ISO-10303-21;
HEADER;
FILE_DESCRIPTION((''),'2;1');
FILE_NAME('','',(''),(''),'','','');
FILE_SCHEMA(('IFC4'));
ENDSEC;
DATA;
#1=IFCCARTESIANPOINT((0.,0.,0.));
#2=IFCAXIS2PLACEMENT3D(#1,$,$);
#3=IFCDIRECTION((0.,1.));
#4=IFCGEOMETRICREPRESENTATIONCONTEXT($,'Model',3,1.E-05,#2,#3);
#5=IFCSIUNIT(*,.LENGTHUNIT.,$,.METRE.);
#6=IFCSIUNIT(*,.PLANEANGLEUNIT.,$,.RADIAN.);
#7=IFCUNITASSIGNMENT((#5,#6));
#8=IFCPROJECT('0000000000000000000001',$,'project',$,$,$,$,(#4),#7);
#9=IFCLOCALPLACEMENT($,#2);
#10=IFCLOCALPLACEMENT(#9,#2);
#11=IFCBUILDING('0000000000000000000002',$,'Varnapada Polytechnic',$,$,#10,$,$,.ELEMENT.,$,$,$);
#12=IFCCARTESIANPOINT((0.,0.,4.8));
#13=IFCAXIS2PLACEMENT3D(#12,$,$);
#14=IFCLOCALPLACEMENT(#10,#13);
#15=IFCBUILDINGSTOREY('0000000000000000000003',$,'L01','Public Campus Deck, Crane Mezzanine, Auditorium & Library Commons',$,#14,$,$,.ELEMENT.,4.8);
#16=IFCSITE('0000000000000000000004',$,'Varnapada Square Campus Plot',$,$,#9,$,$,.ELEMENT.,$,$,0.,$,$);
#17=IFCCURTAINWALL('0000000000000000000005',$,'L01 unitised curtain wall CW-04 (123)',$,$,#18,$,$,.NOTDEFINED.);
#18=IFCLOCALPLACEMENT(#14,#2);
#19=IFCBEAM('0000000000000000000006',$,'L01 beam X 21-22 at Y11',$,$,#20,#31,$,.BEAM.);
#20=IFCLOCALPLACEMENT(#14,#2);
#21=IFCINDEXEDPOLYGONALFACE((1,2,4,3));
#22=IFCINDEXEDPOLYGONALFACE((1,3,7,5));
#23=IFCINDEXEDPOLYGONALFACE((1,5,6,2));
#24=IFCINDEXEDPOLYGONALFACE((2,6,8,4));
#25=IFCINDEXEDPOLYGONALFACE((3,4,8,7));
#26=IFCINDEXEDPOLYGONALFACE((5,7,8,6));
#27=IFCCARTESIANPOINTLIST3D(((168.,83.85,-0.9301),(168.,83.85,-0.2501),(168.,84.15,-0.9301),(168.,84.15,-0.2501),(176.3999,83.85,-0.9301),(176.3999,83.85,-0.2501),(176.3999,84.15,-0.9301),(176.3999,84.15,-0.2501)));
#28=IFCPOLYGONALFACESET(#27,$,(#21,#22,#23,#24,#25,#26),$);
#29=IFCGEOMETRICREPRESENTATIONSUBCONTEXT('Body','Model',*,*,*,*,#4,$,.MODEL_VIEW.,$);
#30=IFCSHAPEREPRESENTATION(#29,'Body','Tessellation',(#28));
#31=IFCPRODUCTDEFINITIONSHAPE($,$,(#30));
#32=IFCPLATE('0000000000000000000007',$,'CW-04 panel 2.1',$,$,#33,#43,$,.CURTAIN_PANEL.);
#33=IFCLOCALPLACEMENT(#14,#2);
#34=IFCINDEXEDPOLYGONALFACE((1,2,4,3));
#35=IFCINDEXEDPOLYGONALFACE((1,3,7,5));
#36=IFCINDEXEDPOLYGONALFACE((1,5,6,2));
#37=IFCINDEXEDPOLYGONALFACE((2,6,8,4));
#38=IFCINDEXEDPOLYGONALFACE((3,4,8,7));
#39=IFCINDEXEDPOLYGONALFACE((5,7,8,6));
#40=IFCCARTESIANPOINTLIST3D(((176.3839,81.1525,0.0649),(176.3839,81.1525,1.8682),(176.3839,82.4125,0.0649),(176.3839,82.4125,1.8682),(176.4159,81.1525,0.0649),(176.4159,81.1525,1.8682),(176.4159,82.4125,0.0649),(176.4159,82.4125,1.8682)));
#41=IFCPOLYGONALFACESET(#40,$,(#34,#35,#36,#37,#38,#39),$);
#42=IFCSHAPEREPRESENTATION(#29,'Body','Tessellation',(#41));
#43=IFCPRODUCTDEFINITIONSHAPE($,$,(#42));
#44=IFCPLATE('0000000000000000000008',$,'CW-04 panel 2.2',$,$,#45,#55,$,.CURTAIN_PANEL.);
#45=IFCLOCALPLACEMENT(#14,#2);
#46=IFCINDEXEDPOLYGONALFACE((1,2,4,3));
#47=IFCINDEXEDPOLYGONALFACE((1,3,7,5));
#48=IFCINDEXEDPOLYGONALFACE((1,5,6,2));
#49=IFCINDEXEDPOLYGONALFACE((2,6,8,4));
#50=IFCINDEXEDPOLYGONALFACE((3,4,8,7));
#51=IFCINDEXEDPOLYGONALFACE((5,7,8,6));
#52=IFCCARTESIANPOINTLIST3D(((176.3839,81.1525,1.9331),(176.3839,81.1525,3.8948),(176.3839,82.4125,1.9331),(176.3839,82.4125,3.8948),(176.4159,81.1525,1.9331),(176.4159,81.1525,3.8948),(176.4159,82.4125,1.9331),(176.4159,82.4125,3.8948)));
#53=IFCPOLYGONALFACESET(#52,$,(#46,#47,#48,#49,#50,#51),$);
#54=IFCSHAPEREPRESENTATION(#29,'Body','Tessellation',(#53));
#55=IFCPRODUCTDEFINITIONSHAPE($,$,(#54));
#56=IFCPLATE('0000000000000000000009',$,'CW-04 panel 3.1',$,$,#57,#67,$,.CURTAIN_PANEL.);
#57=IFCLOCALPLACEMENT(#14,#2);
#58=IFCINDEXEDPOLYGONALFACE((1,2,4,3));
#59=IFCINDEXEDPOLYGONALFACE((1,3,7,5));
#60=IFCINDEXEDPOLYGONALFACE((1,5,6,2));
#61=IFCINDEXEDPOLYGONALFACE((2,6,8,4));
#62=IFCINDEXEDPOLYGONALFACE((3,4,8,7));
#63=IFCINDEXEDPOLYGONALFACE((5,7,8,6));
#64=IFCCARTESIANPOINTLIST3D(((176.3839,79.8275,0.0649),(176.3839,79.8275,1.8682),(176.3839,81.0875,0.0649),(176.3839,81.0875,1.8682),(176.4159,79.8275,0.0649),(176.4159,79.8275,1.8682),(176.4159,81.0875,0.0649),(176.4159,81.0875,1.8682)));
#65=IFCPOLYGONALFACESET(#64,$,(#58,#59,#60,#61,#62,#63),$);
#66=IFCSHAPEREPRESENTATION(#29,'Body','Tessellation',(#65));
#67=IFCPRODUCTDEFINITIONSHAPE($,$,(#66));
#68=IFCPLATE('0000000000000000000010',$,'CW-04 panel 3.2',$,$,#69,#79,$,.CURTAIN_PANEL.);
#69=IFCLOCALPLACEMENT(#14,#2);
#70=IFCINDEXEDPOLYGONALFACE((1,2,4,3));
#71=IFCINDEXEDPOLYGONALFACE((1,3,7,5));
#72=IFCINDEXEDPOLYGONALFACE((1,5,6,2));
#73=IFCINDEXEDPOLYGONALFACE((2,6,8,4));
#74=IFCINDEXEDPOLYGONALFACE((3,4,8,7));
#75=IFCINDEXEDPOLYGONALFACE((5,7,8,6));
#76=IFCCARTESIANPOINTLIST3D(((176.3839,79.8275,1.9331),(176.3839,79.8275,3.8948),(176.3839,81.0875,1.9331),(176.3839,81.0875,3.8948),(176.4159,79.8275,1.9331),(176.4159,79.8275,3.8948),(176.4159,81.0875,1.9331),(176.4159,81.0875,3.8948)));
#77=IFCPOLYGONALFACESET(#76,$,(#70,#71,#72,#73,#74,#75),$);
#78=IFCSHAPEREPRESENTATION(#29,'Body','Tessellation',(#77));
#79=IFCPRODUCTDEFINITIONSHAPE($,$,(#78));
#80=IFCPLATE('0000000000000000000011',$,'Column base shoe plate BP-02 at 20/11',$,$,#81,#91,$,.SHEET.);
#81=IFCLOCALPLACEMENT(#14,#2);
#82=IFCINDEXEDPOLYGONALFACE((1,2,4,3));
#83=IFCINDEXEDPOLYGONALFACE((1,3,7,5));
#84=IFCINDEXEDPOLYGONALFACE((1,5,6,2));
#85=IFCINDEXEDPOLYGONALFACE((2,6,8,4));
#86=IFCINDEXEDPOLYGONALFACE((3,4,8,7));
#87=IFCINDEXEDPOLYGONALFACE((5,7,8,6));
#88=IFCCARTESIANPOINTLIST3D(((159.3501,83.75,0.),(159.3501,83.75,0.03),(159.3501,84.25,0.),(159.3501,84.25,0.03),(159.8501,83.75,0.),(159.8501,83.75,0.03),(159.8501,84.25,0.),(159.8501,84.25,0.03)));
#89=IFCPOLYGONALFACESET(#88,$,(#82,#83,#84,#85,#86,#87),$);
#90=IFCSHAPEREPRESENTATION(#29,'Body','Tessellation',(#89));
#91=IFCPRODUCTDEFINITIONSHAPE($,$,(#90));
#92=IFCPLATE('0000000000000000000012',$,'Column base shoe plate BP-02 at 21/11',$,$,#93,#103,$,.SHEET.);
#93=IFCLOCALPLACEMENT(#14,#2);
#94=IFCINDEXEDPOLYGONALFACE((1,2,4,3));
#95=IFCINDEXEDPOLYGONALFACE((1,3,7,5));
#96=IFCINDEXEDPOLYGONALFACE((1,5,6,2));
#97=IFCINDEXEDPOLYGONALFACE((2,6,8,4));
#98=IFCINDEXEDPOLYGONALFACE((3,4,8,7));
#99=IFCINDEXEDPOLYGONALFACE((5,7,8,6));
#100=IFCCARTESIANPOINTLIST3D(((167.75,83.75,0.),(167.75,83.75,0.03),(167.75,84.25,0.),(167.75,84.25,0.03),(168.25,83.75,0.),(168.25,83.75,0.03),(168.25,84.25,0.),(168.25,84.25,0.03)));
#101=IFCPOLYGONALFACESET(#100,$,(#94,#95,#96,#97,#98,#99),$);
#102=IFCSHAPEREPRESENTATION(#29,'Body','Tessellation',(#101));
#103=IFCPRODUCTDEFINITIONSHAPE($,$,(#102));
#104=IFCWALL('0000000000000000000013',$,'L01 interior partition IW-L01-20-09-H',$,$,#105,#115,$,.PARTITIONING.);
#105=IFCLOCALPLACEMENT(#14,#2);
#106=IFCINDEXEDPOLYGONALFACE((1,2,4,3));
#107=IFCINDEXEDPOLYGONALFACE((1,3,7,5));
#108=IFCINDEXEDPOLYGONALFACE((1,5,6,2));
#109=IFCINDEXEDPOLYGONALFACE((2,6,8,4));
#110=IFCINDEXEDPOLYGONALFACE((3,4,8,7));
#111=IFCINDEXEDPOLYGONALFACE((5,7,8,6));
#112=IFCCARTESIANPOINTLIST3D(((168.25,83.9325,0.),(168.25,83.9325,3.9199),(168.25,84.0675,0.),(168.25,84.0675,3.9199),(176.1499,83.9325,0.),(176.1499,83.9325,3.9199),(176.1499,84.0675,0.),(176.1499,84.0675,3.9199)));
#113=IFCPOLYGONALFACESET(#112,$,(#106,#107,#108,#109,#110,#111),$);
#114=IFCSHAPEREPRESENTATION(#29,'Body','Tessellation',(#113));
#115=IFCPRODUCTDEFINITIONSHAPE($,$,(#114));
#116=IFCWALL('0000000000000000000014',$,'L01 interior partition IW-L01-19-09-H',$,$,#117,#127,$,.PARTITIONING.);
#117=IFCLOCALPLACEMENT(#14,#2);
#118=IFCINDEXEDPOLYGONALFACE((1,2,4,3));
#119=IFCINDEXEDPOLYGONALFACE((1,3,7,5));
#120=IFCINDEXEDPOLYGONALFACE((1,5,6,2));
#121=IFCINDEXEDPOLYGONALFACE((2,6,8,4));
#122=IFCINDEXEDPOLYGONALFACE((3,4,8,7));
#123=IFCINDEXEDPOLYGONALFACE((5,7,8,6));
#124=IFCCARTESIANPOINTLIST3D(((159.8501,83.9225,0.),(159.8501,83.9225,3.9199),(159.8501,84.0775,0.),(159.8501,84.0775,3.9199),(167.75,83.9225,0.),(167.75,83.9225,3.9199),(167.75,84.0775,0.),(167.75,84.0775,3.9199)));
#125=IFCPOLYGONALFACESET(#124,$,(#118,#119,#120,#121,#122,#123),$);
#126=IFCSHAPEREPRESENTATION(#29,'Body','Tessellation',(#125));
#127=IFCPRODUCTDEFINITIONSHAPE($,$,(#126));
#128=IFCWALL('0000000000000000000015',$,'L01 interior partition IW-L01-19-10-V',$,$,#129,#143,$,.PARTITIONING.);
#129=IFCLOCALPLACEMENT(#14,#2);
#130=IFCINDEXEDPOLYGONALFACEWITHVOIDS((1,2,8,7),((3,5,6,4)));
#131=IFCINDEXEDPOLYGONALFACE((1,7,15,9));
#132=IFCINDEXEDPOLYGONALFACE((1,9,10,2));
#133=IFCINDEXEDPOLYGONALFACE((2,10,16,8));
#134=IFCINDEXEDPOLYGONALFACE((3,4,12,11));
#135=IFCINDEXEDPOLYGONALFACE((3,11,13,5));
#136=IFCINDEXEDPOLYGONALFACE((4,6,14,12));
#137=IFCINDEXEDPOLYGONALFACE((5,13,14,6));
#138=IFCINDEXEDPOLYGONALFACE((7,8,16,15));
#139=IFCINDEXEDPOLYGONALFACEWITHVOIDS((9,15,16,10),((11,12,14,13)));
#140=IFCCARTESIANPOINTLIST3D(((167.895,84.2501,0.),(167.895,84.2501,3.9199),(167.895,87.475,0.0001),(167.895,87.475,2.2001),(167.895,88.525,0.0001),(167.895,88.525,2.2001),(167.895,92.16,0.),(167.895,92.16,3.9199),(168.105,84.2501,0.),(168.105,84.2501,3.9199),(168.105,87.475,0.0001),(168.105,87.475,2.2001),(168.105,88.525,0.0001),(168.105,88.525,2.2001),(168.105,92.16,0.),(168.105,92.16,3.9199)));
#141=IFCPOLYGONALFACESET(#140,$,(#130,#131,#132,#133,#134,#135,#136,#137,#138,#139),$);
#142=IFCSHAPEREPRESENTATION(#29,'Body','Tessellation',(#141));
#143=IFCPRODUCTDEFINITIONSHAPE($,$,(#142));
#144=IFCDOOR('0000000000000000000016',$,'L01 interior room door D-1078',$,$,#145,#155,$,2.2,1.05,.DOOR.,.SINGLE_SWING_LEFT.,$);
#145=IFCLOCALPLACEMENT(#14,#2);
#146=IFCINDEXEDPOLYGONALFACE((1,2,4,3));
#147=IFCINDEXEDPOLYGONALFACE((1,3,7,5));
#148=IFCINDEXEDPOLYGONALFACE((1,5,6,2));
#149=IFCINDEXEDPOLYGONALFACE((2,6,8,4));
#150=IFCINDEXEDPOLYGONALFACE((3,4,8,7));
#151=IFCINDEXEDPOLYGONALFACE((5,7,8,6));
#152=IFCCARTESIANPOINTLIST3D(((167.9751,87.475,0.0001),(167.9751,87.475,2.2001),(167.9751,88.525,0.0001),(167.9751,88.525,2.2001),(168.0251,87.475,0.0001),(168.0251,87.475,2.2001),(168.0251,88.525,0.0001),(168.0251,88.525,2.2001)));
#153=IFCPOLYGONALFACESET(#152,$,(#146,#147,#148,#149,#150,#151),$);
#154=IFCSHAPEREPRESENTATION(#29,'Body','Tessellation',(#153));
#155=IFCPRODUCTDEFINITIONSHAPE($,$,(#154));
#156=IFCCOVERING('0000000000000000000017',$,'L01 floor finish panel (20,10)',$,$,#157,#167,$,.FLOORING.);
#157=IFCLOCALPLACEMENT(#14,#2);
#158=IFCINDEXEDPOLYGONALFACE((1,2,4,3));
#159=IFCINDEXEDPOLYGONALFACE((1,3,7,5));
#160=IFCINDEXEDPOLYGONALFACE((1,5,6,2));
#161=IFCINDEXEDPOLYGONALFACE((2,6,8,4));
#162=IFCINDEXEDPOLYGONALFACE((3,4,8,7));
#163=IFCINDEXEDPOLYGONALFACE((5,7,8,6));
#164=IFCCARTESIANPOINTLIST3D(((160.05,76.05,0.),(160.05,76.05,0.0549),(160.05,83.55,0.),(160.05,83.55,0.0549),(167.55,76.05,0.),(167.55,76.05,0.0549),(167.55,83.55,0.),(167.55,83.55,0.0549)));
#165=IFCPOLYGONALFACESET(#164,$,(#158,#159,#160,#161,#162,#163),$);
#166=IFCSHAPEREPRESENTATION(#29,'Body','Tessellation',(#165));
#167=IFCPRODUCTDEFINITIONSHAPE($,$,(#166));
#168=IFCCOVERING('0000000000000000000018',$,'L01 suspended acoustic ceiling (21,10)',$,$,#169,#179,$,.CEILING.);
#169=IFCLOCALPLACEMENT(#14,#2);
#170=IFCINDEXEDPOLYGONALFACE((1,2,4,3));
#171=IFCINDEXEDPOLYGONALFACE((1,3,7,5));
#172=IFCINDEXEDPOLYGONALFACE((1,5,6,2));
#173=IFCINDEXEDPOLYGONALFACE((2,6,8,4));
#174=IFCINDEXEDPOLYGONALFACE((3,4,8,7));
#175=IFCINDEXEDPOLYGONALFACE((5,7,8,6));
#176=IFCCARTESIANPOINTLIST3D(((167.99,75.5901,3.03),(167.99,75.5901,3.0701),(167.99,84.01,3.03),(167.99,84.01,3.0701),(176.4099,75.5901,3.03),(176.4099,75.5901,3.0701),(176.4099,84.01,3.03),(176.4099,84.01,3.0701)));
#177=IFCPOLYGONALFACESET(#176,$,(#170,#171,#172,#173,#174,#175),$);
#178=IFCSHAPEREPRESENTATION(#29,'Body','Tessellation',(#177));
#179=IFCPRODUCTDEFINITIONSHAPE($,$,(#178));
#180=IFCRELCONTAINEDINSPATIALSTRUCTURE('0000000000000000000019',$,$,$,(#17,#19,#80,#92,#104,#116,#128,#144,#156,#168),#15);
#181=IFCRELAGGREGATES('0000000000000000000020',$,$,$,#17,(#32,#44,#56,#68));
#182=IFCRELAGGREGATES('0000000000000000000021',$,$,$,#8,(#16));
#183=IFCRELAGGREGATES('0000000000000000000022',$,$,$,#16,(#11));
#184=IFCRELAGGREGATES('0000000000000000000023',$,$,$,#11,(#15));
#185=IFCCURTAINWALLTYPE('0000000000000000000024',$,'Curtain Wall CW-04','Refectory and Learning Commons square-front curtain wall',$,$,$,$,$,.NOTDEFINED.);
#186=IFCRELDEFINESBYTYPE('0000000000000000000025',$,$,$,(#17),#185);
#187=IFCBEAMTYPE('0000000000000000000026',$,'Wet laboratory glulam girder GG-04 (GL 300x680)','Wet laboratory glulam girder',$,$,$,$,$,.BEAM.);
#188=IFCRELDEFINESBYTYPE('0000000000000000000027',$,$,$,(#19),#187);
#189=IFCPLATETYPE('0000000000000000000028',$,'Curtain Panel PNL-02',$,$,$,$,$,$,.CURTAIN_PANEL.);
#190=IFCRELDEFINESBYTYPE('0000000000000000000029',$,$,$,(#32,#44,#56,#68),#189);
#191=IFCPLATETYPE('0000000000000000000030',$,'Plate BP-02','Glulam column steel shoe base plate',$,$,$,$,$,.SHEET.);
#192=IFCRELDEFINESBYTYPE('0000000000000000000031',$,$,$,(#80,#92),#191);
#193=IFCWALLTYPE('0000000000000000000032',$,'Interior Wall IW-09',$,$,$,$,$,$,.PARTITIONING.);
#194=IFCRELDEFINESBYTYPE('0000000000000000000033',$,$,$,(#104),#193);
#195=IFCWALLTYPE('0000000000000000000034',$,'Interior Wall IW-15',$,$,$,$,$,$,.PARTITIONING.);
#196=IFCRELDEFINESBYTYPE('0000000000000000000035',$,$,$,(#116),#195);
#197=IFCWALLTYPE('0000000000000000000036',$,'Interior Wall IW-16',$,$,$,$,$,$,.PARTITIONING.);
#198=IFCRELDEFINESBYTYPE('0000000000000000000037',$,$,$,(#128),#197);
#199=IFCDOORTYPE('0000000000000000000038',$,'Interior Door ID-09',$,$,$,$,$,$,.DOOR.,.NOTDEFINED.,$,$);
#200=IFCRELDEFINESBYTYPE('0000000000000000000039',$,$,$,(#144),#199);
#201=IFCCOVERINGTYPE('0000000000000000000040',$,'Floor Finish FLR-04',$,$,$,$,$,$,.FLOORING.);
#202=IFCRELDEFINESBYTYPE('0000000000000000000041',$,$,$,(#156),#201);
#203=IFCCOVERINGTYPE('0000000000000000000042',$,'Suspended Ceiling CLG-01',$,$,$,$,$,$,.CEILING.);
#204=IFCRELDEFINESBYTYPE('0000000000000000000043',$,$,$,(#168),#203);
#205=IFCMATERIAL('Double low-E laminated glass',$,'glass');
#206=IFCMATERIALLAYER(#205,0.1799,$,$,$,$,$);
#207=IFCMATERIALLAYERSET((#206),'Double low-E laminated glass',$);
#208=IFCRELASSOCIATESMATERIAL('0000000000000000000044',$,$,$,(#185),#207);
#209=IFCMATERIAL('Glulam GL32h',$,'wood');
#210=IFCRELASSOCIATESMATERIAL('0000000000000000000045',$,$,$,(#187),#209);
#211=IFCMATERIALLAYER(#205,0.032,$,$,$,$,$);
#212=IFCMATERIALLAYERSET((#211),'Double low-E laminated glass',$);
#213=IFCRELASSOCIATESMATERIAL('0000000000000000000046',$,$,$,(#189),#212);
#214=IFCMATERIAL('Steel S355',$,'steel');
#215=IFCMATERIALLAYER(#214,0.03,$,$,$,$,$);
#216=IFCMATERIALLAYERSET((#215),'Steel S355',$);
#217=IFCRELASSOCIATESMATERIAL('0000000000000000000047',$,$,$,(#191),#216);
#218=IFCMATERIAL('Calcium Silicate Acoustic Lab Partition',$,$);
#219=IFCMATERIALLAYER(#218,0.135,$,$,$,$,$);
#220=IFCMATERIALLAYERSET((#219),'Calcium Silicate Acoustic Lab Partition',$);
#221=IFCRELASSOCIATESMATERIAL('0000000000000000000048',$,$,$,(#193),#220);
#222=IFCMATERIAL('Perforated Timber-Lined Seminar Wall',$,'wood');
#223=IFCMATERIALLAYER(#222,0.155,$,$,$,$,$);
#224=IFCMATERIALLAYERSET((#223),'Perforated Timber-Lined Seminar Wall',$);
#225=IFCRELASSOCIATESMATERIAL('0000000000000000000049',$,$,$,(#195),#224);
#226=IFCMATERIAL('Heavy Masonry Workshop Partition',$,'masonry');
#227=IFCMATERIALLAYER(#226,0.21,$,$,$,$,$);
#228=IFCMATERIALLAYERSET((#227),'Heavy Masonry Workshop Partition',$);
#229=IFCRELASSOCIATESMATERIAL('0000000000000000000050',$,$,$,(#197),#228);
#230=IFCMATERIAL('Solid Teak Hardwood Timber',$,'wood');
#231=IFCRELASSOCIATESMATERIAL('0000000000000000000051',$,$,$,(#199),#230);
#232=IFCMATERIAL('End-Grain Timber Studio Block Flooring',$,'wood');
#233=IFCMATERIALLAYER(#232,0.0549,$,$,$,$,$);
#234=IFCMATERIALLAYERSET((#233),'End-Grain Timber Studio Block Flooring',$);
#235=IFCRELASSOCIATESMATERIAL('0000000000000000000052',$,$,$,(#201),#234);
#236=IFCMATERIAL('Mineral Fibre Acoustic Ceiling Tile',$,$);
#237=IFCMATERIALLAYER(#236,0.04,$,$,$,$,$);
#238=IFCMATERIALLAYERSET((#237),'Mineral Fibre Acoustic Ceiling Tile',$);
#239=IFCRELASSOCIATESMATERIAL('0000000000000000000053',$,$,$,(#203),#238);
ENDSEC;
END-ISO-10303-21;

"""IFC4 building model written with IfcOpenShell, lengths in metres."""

from ifc_helpers import new_model, si_unit, direction, frame, frame_2d, origin, origin_2d, place, context, subcontext, project, spatial, rectangle, extrude, material, layer, layer_set, material_profile, profile_set, type_object, element, fill, aggregate, save


model = new_model("IFC4")

# Units and contexts
model_context = context("Model", 3, precision=1e-05, world=origin(), true_north=direction((0.0, 1.0)))
body_context = subcontext(model_context, "Body", "Model", "MODEL_VIEW")
ifc_project = project(units=[si_unit("LENGTHUNIT", "METRE"), si_unit("PLANEANGLEUNIT", "RADIAN")], contexts=[model_context])

# Site, building, storey
site_placement = place(None, origin())
site = spatial("IfcSite", under=ifc_project, at=site_placement, Name="Varnapada Square Campus Plot", CompositionType="ELEMENT", RefElevation=0.0)
building_placement = place(site_placement, origin())
building = spatial("IfcBuilding", under=site, at=building_placement, Name="Varnapada Polytechnic", CompositionType="ELEMENT")
storey_placement = place(building_placement, frame((0.0, 0.0, 4.8)))
storey = spatial("IfcBuildingStorey", under=building, at=storey_placement, Name="L01", Description="Public Campus Deck, Crane Mezzanine, Auditorium & Library Commons", CompositionType="ELEMENT", Elevation=4.8)

# Shared definitions
ifc_material_1 = material(Name="Glulam GL32h", Category="wood")

# Curtain wall
ifc_material_2 = material(Name="Double low-E laminated glass", Category="glass")
ifc_layer_1 = layer(ifc_material_2, 0.1799)
ifc_layer_set_1 = layer_set([ifc_layer_1], Name="Double low-E laminated glass")
curtain_wall_type = type_object("IfcCurtainWallType", Name="Curtain Wall CW-04", Description="Refectory and Learning Commons square-front curtain wall", PredefinedType="NOTDEFINED", material=ifc_layer_set_1)
curtain_wall_placement = place(storey_placement, origin())
curtain_wall = element("IfcCurtainWall", 1, at=curtain_wall_placement, inside=storey, type_object=curtain_wall_type, Name="L01 unitised curtain wall CW-04 (123)", PredefinedType="NOTDEFINED")

# Beam
ifc_material_profile_1 = material_profile(ifc_material_1, rectangle(XDim=0.3, YDim=0.6799, at=origin_2d()), Name="GL 300x680")
ifc_profile_set_1 = profile_set([ifc_material_profile_1], Name="Glulam GL32h")
beam_type_1 = type_object("IfcBeamType", Name="Wet laboratory glulam girder GG-04 (GL 300x680)", Description="Wet laboratory glulam girder", PredefinedType="BEAM", material=ifc_profile_set_1)
for number, where, z_axis, x_axis, name in (
    (2, (168.0, 84.0, -0.5901), (1.0, 0.0, 0.0), (0.0, 1.0, 0.0), "L01 beam X 21-22 at Y11"),
):
    element("IfcBeam", number, at=place(storey_placement, frame(where, z_axis=z_axis, x_axis=x_axis)), inside=storey, type_object=beam_type_1, Name=name, PredefinedType="BEAM", context=body_context, shape_type="SweptSolid", body=[
        extrude(rectangle(XDim=0.3, YDim=0.6799, at=origin_2d()), origin(), (0.0, 0.0, 1.0), 8.3999),
    ])

# Plates
ifc_layer_2 = layer(ifc_material_2, 0.032)
ifc_layer_set_2 = layer_set([ifc_layer_2], Name="Double low-E laminated glass")
plate_type_1 = type_object("IfcPlateType", Name="Curtain Panel PNL-02", PredefinedType="CURTAIN_PANEL", material=ifc_layer_set_2)
plate_1_placement = place(storey_placement, frame((176.3999, 81.7825, 0.0649), z_axis=(0.0, 0.0, 1.0), x_axis=(0.0, -1.0, 0.0)))
plate_1 = element("IfcPlate", 3, at=plate_1_placement, type_object=plate_type_1, Name="CW-04 panel 2.1", PredefinedType="CURTAIN_PANEL", context=body_context, shape_type="SweptSolid", body=[
    extrude(rectangle(XDim=1.26, YDim=0.032, at=origin_2d()), origin(), (0.0, 0.0, 1.0), 1.8032),
])
plate_2_placement = place(storey_placement, frame((176.3999, 81.7825, 1.9331), z_axis=(0.0, 0.0, 1.0), x_axis=(0.0, -1.0, 0.0)))
plate_2 = element("IfcPlate", 4, at=plate_2_placement, type_object=plate_type_1, Name="CW-04 panel 2.2", PredefinedType="CURTAIN_PANEL", context=body_context, shape_type="SweptSolid", body=[
    extrude(rectangle(XDim=1.26, YDim=0.032, at=origin_2d()), origin(), (0.0, 0.0, 1.0), 1.9617),
])
plate_3_placement = place(storey_placement, frame((176.3999, 80.4575, 0.0649), z_axis=(0.0, 0.0, 1.0), x_axis=(0.0, -1.0, 0.0)))
plate_3 = element("IfcPlate", 5, at=plate_3_placement, type_object=plate_type_1, Name="CW-04 panel 3.1", PredefinedType="CURTAIN_PANEL", context=body_context, shape_type="SweptSolid", body=[
    extrude(rectangle(XDim=1.26, YDim=0.032, at=origin_2d()), origin(), (0.0, 0.0, 1.0), 1.8032),
])
plate_4_placement = place(storey_placement, frame((176.3999, 80.4575, 1.9331), z_axis=(0.0, 0.0, 1.0), x_axis=(0.0, -1.0, 0.0)))
plate_4 = element("IfcPlate", 6, at=plate_4_placement, type_object=plate_type_1, Name="CW-04 panel 3.2", PredefinedType="CURTAIN_PANEL", context=body_context, shape_type="SweptSolid", body=[
    extrude(rectangle(XDim=1.26, YDim=0.032, at=origin_2d()), origin(), (0.0, 0.0, 1.0), 1.9617),
])
aggregate(curtain_wall, [plate_1, plate_2, plate_3, plate_4])

# Plates
ifc_material_3 = material(Name="Steel S355", Category="steel")
ifc_layer_3 = layer(ifc_material_3, 0.03)
ifc_layer_set_3 = layer_set([ifc_layer_3], Name="Steel S355")
plate_type_2 = type_object("IfcPlateType", Name="Plate BP-02", Description="Glulam column steel shoe base plate", PredefinedType="SHEET", material=ifc_layer_set_3)
for number, where, z_axis, x_axis, name in (
    (7, (159.6001, 84.0, 0.0), (0.0, 0.0, 1.0), (1.0, 0.0, 0.0), "Column base shoe plate BP-02 at 20/11"),
    (8, (168.0, 84.0, 0.0), (0.0, 0.0, 1.0), (1.0, 0.0, 0.0), "Column base shoe plate BP-02 at 21/11"),
):
    element("IfcPlate", number, at=place(storey_placement, frame(where, z_axis=z_axis, x_axis=x_axis)), inside=storey, type_object=plate_type_2, Name=name, PredefinedType="SHEET", context=body_context, shape_type="SweptSolid", body=[
        extrude(rectangle(XDim=0.5, YDim=0.5, at=origin_2d()), origin(), (0.0, 0.0, 1.0), 0.03),
    ])

# Walls
ifc_material_4 = material(Name="Calcium Silicate Acoustic Lab Partition")
ifc_layer_4 = layer(ifc_material_4, 0.135)
ifc_layer_set_4 = layer_set([ifc_layer_4], Name="Calcium Silicate Acoustic Lab Partition")
wall_type_1 = type_object("IfcWallType", Name="Interior Wall IW-09", PredefinedType="PARTITIONING", material=ifc_layer_set_4)
wall_1_placement = place(storey_placement, frame((168.25, 84.0, 0.0), z_axis=(0.0, 0.0, 1.0), x_axis=(1.0, 0.0, 0.0)))
element("IfcWall", 9, at=wall_1_placement, inside=storey, type_object=wall_type_1, Name="L01 interior partition IW-L01-20-09-H", PredefinedType="PARTITIONING", context=body_context, shape_type="SweptSolid", body=[
    extrude(rectangle(XDim=7.8999, YDim=0.135, at=frame_2d((3.95, 0.0))), origin(), (0.0, 0.0, 1.0), 3.9199),
])
ifc_material_5 = material(Name="Perforated Timber-Lined Seminar Wall", Category="wood")
ifc_layer_5 = layer(ifc_material_5, 0.155)
ifc_layer_set_5 = layer_set([ifc_layer_5], Name="Perforated Timber-Lined Seminar Wall")
wall_type_2 = type_object("IfcWallType", Name="Interior Wall IW-15", PredefinedType="PARTITIONING", material=ifc_layer_set_5)
wall_2_placement = place(storey_placement, frame((159.8501, 84.0, 0.0), z_axis=(0.0, 0.0, 1.0), x_axis=(1.0, 0.0, 0.0)))
element("IfcWall", 10, at=wall_2_placement, inside=storey, type_object=wall_type_2, Name="L01 interior partition IW-L01-19-09-H", PredefinedType="PARTITIONING", context=body_context, shape_type="SweptSolid", body=[
    extrude(rectangle(XDim=7.8999, YDim=0.155, at=frame_2d((3.95, 0.0))), origin(), (0.0, 0.0, 1.0), 3.9199),
])

# Wall, opening, door
ifc_material_6 = material(Name="Heavy Masonry Workshop Partition", Category="masonry")
ifc_layer_6 = layer(ifc_material_6, 0.21)
ifc_layer_set_6 = layer_set([ifc_layer_6], Name="Heavy Masonry Workshop Partition")
wall_type_3 = type_object("IfcWallType", Name="Interior Wall IW-16", PredefinedType="PARTITIONING", material=ifc_layer_set_6)
wall_3_placement = place(storey_placement, frame((168.0, 84.25, 0.0), z_axis=(0.0, 0.0, 1.0), x_axis=(0.0, 1.0, 0.0)))
wall_3 = element("IfcWall", 11, at=wall_3_placement, inside=storey, type_object=wall_type_3, Name="L01 interior partition IW-L01-19-10-V", PredefinedType="PARTITIONING", context=body_context, shape_type="SweptSolid", body=[
    extrude(rectangle(XDim=7.9099, YDim=0.21, at=frame_2d((3.9551, 0.0))), origin(), (0.0, 0.0, 1.0), 3.9199),
])
opening_placement = place(wall_3_placement, frame((3.2251, 0.0, 0.0)))
opening = element("IfcOpeningElement", 12, at=opening_placement, cuts=wall_3, PredefinedType="OPENING", context=body_context, shape_type="SweptSolid", body=[
    extrude(rectangle(XDim=1.05, YDim=2.2, at=frame_2d((0.5249, 1.1001))), frame((0.0, 0.115, 0.0), z_axis=(0.0, -1.0, 0.0), x_axis=(1.0, 0.0, 0.0)), (0.0, 0.0, 1.0), 0.23),
])
ifc_material_7 = material(Name="Solid Teak Hardwood Timber", Category="wood")
door_type = type_object("IfcDoorType", Name="Interior Door ID-09", OperationType="NOTDEFINED", PredefinedType="DOOR", material=ifc_material_7)
door_placement = place(opening_placement, origin())
door = element("IfcDoor", 13, at=door_placement, inside=storey, type_object=door_type, Name="L01 interior room door D-1078", OperationType="SINGLE_SWING_LEFT", OverallHeight=2.2, OverallWidth=1.05, PredefinedType="DOOR", context=body_context, shape_type="SweptSolid", body=[
    extrude(rectangle(XDim=1.05, YDim=2.2, at=frame_2d((0.5249, 1.1001))), frame((0.0, 0.0249, 0.0), z_axis=(0.0, -1.0, 0.0), x_axis=(1.0, 0.0, 0.0)), (0.0, 0.0, 1.0), 0.05),
])
fill(opening, door)

# Coverings
ifc_material_8 = material(Name="End-Grain Timber Studio Block Flooring", Category="wood")
ifc_layer_7 = layer(ifc_material_8, 0.0549)
ifc_layer_set_7 = layer_set([ifc_layer_7], Name="End-Grain Timber Studio Block Flooring")
covering_type_1 = type_object("IfcCoveringType", Name="Floor Finish FLR-04", PredefinedType="FLOORING", material=ifc_layer_set_7)
covering_1_placement = place(storey_placement, frame((163.8, 79.8, 0.0), z_axis=(0.0, 0.0, 1.0), x_axis=(1.0, 0.0, 0.0)))
element("IfcCovering", 14, at=covering_1_placement, inside=storey, type_object=covering_type_1, Name="L01 floor finish panel (20,10)", PredefinedType="FLOORING", context=body_context, shape_type="SweptSolid", body=[
    extrude(rectangle(XDim=7.5, YDim=7.5, at=origin_2d()), origin(), (0.0, 0.0, 1.0), 0.0549),
])
ifc_material_9 = material(Name="Mineral Fibre Acoustic Ceiling Tile")
ifc_layer_8 = layer(ifc_material_9, 0.04)
ifc_layer_set_8 = layer_set([ifc_layer_8], Name="Mineral Fibre Acoustic Ceiling Tile")
covering_type_2 = type_object("IfcCoveringType", Name="Suspended Ceiling CLG-01", PredefinedType="CEILING", material=ifc_layer_set_8)
covering_2_placement = place(storey_placement, frame((172.2, 79.8, 3.03), z_axis=(0.0, 0.0, 1.0), x_axis=(1.0, 0.0, 0.0)))
element("IfcCovering", 15, at=covering_2_placement, inside=storey, type_object=covering_type_2, Name="L01 suspended acoustic ceiling (21,10)", PredefinedType="CEILING", context=body_context, shape_type="SweptSolid", body=[
    extrude(rectangle(XDim=8.4199, YDim=8.4199, at=origin_2d()), origin(), (0.0, 0.0, 1.0), 0.04),
])

save(model, "model.ifc")
